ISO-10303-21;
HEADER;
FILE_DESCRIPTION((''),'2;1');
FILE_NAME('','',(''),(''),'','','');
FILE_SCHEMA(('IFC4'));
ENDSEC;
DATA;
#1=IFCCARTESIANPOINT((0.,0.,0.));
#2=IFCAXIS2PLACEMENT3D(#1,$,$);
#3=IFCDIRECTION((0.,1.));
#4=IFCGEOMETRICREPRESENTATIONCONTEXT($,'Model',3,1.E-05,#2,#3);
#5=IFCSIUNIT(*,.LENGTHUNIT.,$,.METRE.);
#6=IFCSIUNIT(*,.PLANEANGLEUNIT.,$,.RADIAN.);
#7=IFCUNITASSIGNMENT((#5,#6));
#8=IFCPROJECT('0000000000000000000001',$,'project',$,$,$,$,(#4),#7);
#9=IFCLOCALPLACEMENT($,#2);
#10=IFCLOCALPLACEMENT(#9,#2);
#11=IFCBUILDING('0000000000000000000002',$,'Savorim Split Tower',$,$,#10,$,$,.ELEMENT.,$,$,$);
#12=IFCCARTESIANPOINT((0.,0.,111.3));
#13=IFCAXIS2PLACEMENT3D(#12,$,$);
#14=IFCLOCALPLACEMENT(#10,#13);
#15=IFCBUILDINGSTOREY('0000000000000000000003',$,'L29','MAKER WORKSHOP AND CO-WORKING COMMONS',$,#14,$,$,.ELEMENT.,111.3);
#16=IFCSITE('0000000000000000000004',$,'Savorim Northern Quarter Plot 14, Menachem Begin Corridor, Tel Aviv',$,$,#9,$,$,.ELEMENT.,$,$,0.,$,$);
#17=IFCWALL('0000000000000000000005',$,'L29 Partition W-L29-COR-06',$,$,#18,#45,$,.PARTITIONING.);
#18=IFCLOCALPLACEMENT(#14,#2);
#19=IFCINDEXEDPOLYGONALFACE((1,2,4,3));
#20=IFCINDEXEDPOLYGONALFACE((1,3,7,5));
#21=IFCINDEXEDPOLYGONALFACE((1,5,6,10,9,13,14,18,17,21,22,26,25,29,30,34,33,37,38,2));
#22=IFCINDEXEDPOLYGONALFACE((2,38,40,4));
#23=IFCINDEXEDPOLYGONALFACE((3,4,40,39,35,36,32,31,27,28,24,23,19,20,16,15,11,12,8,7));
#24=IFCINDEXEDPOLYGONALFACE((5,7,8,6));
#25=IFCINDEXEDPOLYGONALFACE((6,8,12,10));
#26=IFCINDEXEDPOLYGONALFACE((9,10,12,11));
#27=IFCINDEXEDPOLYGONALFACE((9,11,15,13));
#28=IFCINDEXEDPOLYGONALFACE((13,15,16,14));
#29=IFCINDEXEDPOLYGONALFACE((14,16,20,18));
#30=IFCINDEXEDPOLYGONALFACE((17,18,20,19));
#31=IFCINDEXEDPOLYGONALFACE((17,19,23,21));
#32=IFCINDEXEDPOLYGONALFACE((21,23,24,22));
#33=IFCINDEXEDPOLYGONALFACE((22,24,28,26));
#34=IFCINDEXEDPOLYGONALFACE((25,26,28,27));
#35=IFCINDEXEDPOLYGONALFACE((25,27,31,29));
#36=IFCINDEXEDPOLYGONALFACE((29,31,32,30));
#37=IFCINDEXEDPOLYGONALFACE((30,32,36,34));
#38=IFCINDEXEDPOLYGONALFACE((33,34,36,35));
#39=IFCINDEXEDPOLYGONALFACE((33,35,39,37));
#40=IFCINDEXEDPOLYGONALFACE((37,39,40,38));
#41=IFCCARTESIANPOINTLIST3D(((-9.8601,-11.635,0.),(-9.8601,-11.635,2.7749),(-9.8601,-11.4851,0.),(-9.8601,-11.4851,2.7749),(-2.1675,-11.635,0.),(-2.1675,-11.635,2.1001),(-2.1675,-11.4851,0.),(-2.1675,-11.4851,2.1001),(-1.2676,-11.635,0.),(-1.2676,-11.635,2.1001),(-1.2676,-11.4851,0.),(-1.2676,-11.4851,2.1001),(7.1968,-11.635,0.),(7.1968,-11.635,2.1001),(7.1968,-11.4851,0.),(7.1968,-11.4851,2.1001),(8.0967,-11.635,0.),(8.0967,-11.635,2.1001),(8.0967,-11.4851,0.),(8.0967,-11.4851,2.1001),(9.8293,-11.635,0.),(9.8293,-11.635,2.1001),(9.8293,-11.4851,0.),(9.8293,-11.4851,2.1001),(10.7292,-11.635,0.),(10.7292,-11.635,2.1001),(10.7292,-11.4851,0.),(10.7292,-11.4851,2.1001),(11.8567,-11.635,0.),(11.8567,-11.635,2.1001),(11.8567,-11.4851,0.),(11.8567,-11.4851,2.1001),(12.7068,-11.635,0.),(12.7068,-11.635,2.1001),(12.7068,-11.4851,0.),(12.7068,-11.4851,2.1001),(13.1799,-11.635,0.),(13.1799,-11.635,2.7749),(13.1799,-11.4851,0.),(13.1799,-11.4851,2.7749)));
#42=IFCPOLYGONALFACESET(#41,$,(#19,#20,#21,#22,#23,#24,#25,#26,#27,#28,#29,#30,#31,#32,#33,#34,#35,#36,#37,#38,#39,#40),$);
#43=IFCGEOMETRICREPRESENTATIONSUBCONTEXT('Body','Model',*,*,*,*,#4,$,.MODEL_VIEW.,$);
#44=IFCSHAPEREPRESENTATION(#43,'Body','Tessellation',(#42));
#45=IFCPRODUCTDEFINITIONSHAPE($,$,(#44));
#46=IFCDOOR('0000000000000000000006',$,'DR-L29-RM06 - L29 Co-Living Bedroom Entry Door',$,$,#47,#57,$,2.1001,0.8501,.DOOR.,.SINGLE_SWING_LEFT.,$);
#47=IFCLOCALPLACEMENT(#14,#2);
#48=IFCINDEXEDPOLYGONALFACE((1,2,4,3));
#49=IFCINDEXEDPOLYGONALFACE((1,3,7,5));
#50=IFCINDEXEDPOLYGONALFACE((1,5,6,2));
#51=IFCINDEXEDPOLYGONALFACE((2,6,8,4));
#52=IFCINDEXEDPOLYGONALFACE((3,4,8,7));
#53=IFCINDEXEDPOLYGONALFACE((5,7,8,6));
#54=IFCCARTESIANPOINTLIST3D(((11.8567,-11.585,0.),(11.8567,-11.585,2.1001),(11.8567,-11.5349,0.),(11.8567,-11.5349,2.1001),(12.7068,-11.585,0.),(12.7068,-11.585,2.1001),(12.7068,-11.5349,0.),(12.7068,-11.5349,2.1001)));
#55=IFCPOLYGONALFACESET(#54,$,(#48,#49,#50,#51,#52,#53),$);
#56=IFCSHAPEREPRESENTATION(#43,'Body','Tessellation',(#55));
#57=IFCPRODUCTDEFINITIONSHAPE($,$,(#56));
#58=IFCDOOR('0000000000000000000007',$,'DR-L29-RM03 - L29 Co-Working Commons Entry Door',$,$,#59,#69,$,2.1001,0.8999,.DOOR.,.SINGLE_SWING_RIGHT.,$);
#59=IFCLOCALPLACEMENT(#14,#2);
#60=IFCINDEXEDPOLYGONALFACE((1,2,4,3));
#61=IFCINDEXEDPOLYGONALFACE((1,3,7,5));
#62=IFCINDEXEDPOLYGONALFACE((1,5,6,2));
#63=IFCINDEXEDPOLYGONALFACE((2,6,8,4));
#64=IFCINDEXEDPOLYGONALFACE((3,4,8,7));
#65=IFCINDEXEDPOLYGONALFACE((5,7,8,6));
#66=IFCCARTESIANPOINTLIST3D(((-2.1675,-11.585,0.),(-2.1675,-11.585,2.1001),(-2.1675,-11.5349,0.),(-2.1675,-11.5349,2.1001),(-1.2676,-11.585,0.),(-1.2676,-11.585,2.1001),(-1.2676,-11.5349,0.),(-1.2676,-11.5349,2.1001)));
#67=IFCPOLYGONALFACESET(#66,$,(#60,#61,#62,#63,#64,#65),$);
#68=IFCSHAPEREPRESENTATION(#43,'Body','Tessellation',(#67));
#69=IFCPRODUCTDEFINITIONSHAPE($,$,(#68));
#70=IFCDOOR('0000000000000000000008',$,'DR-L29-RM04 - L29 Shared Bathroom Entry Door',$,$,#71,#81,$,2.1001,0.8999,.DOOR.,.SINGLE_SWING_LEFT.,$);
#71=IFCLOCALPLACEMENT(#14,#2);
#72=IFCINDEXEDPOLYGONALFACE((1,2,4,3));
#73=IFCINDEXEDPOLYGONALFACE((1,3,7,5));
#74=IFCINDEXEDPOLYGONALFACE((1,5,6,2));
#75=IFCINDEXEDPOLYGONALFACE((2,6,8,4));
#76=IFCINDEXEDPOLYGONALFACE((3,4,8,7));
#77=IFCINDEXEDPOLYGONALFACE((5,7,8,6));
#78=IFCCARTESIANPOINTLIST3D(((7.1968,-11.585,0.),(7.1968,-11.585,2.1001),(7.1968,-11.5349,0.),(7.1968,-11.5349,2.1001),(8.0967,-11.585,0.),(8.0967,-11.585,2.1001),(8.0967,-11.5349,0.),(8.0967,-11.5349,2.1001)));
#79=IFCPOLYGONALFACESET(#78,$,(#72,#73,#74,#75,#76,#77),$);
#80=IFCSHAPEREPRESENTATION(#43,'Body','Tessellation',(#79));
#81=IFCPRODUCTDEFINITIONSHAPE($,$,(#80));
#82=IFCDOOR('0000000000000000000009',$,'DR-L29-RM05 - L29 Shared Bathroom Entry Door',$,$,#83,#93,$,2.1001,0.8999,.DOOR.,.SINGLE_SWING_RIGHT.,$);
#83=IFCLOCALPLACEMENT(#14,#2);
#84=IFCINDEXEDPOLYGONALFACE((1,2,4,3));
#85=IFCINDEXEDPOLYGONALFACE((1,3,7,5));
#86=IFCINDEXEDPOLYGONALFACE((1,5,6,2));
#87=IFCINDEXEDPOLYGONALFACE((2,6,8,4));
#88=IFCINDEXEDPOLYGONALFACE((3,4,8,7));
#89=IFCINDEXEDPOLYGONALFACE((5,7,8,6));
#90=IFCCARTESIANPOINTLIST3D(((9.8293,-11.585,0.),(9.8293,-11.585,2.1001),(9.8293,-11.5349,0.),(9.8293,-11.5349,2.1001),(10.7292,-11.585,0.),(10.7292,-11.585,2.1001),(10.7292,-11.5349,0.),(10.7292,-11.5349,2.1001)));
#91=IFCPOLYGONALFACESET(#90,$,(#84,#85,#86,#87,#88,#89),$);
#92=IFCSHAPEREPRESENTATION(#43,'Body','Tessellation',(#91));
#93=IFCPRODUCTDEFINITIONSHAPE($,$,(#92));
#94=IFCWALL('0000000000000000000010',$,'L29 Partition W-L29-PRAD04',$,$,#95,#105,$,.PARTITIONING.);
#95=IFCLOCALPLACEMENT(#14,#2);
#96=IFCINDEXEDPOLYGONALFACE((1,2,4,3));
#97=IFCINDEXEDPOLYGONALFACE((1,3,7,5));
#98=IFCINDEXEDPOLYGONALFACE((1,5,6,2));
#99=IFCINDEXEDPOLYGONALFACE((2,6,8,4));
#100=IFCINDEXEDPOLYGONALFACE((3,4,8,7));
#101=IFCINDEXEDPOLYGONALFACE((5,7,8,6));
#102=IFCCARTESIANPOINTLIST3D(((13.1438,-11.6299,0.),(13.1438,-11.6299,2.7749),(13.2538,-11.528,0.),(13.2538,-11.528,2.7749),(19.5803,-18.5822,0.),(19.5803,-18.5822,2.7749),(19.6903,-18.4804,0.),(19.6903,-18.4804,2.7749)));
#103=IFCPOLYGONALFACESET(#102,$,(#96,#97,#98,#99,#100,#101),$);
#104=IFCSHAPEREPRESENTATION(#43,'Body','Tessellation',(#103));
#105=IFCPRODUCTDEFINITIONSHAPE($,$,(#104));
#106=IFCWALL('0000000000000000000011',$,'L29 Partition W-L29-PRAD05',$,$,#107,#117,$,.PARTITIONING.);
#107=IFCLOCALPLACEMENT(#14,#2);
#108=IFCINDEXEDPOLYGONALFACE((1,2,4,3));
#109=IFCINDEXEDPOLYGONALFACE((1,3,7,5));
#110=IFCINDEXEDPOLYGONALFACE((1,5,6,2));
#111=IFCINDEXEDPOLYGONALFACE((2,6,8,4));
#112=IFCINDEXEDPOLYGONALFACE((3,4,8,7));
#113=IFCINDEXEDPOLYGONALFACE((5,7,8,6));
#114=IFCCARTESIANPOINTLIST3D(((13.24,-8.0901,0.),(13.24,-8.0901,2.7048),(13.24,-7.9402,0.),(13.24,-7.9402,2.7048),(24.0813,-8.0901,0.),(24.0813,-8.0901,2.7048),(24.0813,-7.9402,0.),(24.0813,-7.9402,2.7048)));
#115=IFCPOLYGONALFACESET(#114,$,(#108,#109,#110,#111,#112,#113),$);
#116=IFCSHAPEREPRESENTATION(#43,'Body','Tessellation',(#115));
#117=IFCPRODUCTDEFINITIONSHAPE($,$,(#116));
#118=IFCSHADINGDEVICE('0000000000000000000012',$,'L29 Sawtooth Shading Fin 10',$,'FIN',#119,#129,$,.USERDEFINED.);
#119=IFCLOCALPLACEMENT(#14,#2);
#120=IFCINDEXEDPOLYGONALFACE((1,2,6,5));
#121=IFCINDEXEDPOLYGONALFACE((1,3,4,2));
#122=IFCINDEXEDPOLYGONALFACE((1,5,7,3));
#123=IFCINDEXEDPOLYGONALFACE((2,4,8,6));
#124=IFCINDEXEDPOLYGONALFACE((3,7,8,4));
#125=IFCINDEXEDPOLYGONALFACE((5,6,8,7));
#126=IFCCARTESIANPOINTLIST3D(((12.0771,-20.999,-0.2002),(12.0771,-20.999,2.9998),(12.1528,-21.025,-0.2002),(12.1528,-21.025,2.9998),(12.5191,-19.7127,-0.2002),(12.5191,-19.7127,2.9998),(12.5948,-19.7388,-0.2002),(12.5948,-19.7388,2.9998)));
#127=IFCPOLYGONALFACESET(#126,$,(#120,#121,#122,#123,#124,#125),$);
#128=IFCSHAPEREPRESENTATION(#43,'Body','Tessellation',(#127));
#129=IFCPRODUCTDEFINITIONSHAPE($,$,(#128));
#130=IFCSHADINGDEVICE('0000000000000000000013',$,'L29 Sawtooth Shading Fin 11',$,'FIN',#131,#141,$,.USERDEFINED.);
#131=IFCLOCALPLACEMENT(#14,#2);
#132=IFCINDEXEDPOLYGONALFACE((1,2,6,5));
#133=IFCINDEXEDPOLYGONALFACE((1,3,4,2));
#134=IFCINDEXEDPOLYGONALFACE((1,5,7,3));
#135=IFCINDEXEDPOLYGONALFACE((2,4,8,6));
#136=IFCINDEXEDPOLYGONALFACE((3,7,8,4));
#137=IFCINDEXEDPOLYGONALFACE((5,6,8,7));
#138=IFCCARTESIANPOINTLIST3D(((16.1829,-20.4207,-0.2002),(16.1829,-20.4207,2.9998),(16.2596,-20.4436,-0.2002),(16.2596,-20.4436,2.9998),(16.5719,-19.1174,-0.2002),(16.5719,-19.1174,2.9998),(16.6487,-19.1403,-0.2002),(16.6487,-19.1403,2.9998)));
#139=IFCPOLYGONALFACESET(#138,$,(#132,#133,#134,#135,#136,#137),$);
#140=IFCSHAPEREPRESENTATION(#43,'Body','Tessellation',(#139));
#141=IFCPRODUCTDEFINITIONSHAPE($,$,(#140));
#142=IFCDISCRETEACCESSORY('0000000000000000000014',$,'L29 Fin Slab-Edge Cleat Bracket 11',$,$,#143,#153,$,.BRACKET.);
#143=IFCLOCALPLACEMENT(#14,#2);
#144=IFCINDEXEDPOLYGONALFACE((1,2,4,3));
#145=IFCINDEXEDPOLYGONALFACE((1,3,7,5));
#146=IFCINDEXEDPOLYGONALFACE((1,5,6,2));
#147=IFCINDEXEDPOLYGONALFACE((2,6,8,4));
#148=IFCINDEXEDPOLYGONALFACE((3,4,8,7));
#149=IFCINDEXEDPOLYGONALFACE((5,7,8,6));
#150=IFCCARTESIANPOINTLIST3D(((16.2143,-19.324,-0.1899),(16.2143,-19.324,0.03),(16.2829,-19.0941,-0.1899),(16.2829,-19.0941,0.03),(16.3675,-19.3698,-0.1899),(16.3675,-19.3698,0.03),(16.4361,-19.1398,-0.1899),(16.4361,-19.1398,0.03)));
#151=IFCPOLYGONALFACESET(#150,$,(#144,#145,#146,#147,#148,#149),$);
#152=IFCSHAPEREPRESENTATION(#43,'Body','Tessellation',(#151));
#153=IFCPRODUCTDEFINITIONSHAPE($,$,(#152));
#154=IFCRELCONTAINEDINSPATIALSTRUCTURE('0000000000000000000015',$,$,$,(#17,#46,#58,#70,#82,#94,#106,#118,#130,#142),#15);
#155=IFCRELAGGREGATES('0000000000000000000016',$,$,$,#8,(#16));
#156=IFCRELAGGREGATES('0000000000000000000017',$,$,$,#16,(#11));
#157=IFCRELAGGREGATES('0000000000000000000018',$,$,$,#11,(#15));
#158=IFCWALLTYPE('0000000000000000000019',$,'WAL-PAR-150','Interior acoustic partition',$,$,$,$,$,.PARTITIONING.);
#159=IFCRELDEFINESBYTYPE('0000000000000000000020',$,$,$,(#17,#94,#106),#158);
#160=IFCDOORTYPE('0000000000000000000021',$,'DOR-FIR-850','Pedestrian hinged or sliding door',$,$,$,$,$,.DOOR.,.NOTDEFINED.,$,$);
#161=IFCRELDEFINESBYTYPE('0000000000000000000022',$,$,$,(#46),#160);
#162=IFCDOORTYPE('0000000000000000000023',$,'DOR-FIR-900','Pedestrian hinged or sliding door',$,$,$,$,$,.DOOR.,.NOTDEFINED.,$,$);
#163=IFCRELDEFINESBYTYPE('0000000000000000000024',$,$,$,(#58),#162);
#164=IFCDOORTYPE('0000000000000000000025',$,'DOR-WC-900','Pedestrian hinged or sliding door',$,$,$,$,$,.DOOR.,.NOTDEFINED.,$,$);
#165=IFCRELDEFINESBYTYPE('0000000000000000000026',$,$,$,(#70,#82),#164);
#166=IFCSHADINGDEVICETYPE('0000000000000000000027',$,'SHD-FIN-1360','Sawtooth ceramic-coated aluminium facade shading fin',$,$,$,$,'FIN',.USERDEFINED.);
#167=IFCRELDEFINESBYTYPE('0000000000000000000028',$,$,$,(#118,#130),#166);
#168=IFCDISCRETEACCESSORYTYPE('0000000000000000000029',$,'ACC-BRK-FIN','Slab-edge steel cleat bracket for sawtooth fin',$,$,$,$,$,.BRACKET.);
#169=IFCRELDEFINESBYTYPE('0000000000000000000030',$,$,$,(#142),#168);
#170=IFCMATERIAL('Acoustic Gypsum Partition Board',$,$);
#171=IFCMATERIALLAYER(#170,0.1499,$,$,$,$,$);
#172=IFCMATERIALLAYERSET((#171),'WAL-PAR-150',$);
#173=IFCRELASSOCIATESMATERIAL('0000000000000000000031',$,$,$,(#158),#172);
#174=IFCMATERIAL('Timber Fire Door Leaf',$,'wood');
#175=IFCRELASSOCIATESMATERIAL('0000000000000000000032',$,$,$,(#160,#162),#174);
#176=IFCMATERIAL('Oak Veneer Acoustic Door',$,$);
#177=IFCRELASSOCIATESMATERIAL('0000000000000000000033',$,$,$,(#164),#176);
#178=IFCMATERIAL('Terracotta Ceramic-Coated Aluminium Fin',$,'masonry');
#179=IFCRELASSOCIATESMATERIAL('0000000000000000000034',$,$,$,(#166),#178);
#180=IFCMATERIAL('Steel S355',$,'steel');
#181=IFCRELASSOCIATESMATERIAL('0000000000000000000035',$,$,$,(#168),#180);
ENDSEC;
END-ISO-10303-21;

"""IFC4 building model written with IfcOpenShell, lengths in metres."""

from ifc_helpers import new_model, si_unit, direction, frame, frame_2d, origin, origin_2d, place, context, subcontext, project, spatial, rectangle, extrude, material, layer, layer_set, type_object, element, fill, save


model = new_model("IFC4")

# Units and contexts
model_context = context("Model", 3, precision=1e-05, world=origin(), true_north=direction((0.0, 1.0)))
body_context = subcontext(model_context, "Body", "Model", "MODEL_VIEW")
ifc_project = project(units=[si_unit("LENGTHUNIT", "METRE"), si_unit("PLANEANGLEUNIT", "RADIAN")], contexts=[model_context])

# Site, building, storey
site_placement = place(None, origin())
site = spatial("IfcSite", under=ifc_project, at=site_placement, Name="Savorim Northern Quarter Plot 14, Menachem Begin Corridor, Tel Aviv", CompositionType="ELEMENT", RefElevation=0.0)
building_placement = place(site_placement, origin())
building = spatial("IfcBuilding", under=site, at=building_placement, Name="Savorim Split Tower", CompositionType="ELEMENT")
storey_placement = place(building_placement, frame((0.0, 0.0, 111.3)))
storey = spatial("IfcBuildingStorey", under=building, at=storey_placement, Name="L29", Description="MAKER WORKSHOP AND CO-WORKING COMMONS", CompositionType="ELEMENT", Elevation=111.3)

# Shared definitions
ifc_material_1 = material(Name="Steel S355", Category="steel")

# Wall, openings, doors
ifc_material_2 = material(Name="Acoustic Gypsum Partition Board")
ifc_layer_1 = layer(ifc_material_2, 0.1499)
ifc_layer_set_1 = layer_set([ifc_layer_1], Name="WAL-PAR-150")
wall_type = type_object("IfcWallType", Name="WAL-PAR-150", Description="Interior acoustic partition", PredefinedType="PARTITIONING", material=ifc_layer_set_1)
wall_1_placement = place(storey_placement, frame((13.1799, -11.5601, 0.0), z_axis=(0.0, 0.0, 1.0), x_axis=(-1.0, 0.0, 0.0)))
wall_1 = element("IfcWall", 1, at=wall_1_placement, inside=storey, type_object=wall_type, Name="L29 Partition W-L29-COR-06", PredefinedType="PARTITIONING", context=body_context, shape_type="SweptSolid", body=[
    extrude(rectangle(XDim=23.04, YDim=0.1499, at=frame_2d((11.52, 0.0))), origin(), (0.0, 0.0, 1.0), 2.7749),
])
opening_1_placement = place(wall_1_placement, frame((14.4475, 0.0, 0.0)))
opening_1 = element("IfcOpeningElement", 2, at=opening_1_placement, cuts=wall_1, PredefinedType="OPENING", context=body_context, shape_type="SweptSolid", body=[
    extrude(rectangle(XDim=0.8999, YDim=2.1001, at=frame_2d((0.45, 1.05))), frame((0.0, 0.085, 0.0), z_axis=(0.0, -1.0, 0.0), x_axis=(1.0, 0.0, 0.0)), (0.0, 0.0, 1.0), 0.1699),
])
opening_2_placement = place(wall_1_placement, frame((5.0833, 0.0, 0.0)))
opening_2 = element("IfcOpeningElement", 3, at=opening_2_placement, cuts=wall_1, PredefinedType="OPENING", context=body_context, shape_type="SweptSolid", body=[
    extrude(rectangle(XDim=0.8999, YDim=2.1001, at=frame_2d((0.45, 1.05))), frame((0.0, 0.085, 0.0), z_axis=(0.0, -1.0, 0.0), x_axis=(1.0, 0.0, 0.0)), (0.0, 0.0, 1.0), 0.1699),
])
opening_3_placement = place(wall_1_placement, frame((2.4507, 0.0, 0.0)))
opening_3 = element("IfcOpeningElement", 4, at=opening_3_placement, cuts=wall_1, PredefinedType="OPENING", context=body_context, shape_type="SweptSolid", body=[
    extrude(rectangle(XDim=0.8999, YDim=2.1001, at=frame_2d((0.45, 1.05))), frame((0.0, 0.085, 0.0), z_axis=(0.0, -1.0, 0.0), x_axis=(1.0, 0.0, 0.0)), (0.0, 0.0, 1.0), 0.1699),
])
opening_4_placement = place(wall_1_placement, frame((0.4731, 0.0, 0.0)))
opening_4 = element("IfcOpeningElement", 5, at=opening_4_placement, cuts=wall_1, PredefinedType="OPENING", context=body_context, shape_type="SweptSolid", body=[
    extrude(rectangle(XDim=0.8501, YDim=2.1001, at=frame_2d((0.425, 1.05))), frame((0.0, 0.085, 0.0), z_axis=(0.0, -1.0, 0.0), x_axis=(1.0, 0.0, 0.0)), (0.0, 0.0, 1.0), 0.1699),
])
ifc_material_3 = material(Name="Timber Fire Door Leaf", Category="wood")
door_type_1 = type_object("IfcDoorType", Name="DOR-FIR-850", Description="Pedestrian hinged or sliding door", OperationType="NOTDEFINED", PredefinedType="DOOR", material=ifc_material_3)
door_1_placement = place(opening_4_placement, origin())
door_1 = element("IfcDoor", 6, at=door_1_placement, inside=storey, type_object=door_type_1, Name="DR-L29-RM06 - L29 Co-Living Bedroom Entry Door", OperationType="SINGLE_SWING_LEFT", OverallHeight=2.1001, OverallWidth=0.8501, PredefinedType="DOOR", context=body_context, shape_type="SweptSolid", body=[
    extrude(rectangle(XDim=0.8501, YDim=2.1001, at=frame_2d((0.425, 1.05))), frame((0.0, 0.0249, 0.0), z_axis=(0.0, -1.0, 0.0), x_axis=(1.0, 0.0, 0.0)), (0.0, 0.0, 1.0), 0.05),
])
fill(opening_4, door_1)
door_type_2 = type_object("IfcDoorType", Name="DOR-FIR-900", Description="Pedestrian hinged or sliding door", OperationType="NOTDEFINED", PredefinedType="DOOR", material=ifc_material_3)
door_2_placement = place(opening_1_placement, origin())
door_2 = element("IfcDoor", 7, at=door_2_placement, inside=storey, type_object=door_type_2, Name="DR-L29-RM03 - L29 Co-Working Commons Entry Door", OperationType="SINGLE_SWING_RIGHT", OverallHeight=2.1001, OverallWidth=0.8999, PredefinedType="DOOR", context=body_context, shape_type="SweptSolid", body=[
    extrude(rectangle(XDim=0.8999, YDim=2.1001, at=frame_2d((0.45, 1.05))), frame((0.0, 0.0249, 0.0), z_axis=(0.0, -1.0, 0.0), x_axis=(1.0, 0.0, 0.0)), (0.0, 0.0, 1.0), 0.05),
])
fill(opening_1, door_2)
ifc_material_4 = material(Name="Oak Veneer Acoustic Door")
door_type_3 = type_object("IfcDoorType", Name="DOR-WC-900", Description="Pedestrian hinged or sliding door", OperationType="NOTDEFINED", PredefinedType="DOOR", material=ifc_material_4)
door_3_placement = place(opening_2_placement, origin())
door_3 = element("IfcDoor", 8, at=door_3_placement, inside=storey, type_object=door_type_3, Name="DR-L29-RM04 - L29 Shared Bathroom Entry Door", OperationType="SINGLE_SWING_LEFT", OverallHeight=2.1001, OverallWidth=0.8999, PredefinedType="DOOR", context=body_context, shape_type="SweptSolid", body=[
    extrude(rectangle(XDim=0.8999, YDim=2.1001, at=frame_2d((0.45, 1.05))), frame((0.0, 0.0249, 0.0), z_axis=(0.0, -1.0, 0.0), x_axis=(1.0, 0.0, 0.0)), (0.0, 0.0, 1.0), 0.05),
])
fill(opening_2, door_3)
door_4_placement = place(opening_3_placement, origin())
door_4 = element("IfcDoor", 9, at=door_4_placement, inside=storey, type_object=door_type_3, Name="DR-L29-RM05 - L29 Shared Bathroom Entry Door", OperationType="SINGLE_SWING_RIGHT", OverallHeight=2.1001, OverallWidth=0.8999, PredefinedType="DOOR", context=body_context, shape_type="SweptSolid", body=[
    extrude(rectangle(XDim=0.8999, YDim=2.1001, at=frame_2d((0.45, 1.05))), frame((0.0, 0.0249, 0.0), z_axis=(0.0, -1.0, 0.0), x_axis=(1.0, 0.0, 0.0)), (0.0, 0.0, 1.0), 0.05),
])
fill(opening_3, door_4)

# Walls
wall_2_placement = place(storey_placement, frame((13.1987, -11.5789, 0.0), z_axis=(0.0, 0.0, 1.0), x_axis=(0.679358, -0.733807, 0.0)))
element("IfcWall", 10, at=wall_2_placement, inside=storey, type_object=wall_type, Name="L29 Partition W-L29-PRAD04", PredefinedType="PARTITIONING", context=body_context, shape_type="SweptSolid", body=[
    extrude(rectangle(XDim=9.4744, YDim=0.1499, at=frame_2d((4.7373, 0.0))), origin(), (0.0, 0.0, 1.0), 2.7749),
])
wall_3_placement = place(storey_placement, frame((13.24, -8.0151, 0.0), z_axis=(0.0, 0.0, 1.0), x_axis=(1.0, 0.0, 0.0)))
element("IfcWall", 11, at=wall_3_placement, inside=storey, type_object=wall_type, Name="L29 Partition W-L29-PRAD05", PredefinedType="PARTITIONING", context=body_context, shape_type="SweptSolid", body=[
    extrude(rectangle(XDim=10.8413, YDim=0.1499, at=frame_2d((5.4207, 0.0))), origin(), (0.0, 0.0, 1.0), 2.7048),
])

# Shading devices
ifc_material_5 = material(Name="Terracotta Ceramic-Coated Aluminium Fin", Category="masonry")
shading_device_type = type_object("IfcShadingDeviceType", Name="SHD-FIN-1360", Description="Sawtooth ceramic-coated aluminium facade shading fin", ElementType="FIN", PredefinedType="USERDEFINED", material=ifc_material_5)
for number, where, z_axis, x_axis, name in (
    (12, (12.3359, -20.3689, -0.2002), (0.0, 0.0, 1.0), (-0.324994, -0.945716, 0.0), "L29 Sawtooth Shading Fin 10"),
    (13, (16.4158, -19.7805, -0.2002), (0.0, 0.0, 1.0), (-0.286026, -0.958222, 0.0), "L29 Sawtooth Shading Fin 11"),
):
    element("IfcShadingDevice", number, at=place(storey_placement, frame(where, z_axis=z_axis, x_axis=x_axis)), inside=storey, type_object=shading_device_type, Name=name, ObjectType="FIN", PredefinedType="USERDEFINED", context=body_context, shape_type="SweptSolid", body=[
        extrude(rectangle(XDim=1.3601, YDim=0.0801, at=origin_2d()), origin(), (0.0, 0.0, 1.0), 3.2),
    ])

# Discrete accessory
discrete_accessory_type = type_object("IfcDiscreteAccessoryType", Name="ACC-BRK-FIN", Description="Slab-edge steel cleat bracket for sawtooth fin", PredefinedType="BRACKET", material=ifc_material_1)
discrete_accessory_placement = place(storey_placement, frame((16.3252, -19.2319, -0.1899), z_axis=(0.0, 0.0, 1.0), x_axis=(-0.286026, -0.958222, 0.0)))
element("IfcDiscreteAccessory", 14, at=discrete_accessory_placement, inside=storey, type_object=discrete_accessory_type, Name="L29 Fin Slab-Edge Cleat Bracket 11", PredefinedType="BRACKET", context=body_context, shape_type="SweptSolid", body=[
    extrude(rectangle(XDim=0.24, YDim=0.1599, at=origin_2d()), origin(), (0.0, 0.0, 1.0), 0.22),
])

save(model, "model.ifc")
